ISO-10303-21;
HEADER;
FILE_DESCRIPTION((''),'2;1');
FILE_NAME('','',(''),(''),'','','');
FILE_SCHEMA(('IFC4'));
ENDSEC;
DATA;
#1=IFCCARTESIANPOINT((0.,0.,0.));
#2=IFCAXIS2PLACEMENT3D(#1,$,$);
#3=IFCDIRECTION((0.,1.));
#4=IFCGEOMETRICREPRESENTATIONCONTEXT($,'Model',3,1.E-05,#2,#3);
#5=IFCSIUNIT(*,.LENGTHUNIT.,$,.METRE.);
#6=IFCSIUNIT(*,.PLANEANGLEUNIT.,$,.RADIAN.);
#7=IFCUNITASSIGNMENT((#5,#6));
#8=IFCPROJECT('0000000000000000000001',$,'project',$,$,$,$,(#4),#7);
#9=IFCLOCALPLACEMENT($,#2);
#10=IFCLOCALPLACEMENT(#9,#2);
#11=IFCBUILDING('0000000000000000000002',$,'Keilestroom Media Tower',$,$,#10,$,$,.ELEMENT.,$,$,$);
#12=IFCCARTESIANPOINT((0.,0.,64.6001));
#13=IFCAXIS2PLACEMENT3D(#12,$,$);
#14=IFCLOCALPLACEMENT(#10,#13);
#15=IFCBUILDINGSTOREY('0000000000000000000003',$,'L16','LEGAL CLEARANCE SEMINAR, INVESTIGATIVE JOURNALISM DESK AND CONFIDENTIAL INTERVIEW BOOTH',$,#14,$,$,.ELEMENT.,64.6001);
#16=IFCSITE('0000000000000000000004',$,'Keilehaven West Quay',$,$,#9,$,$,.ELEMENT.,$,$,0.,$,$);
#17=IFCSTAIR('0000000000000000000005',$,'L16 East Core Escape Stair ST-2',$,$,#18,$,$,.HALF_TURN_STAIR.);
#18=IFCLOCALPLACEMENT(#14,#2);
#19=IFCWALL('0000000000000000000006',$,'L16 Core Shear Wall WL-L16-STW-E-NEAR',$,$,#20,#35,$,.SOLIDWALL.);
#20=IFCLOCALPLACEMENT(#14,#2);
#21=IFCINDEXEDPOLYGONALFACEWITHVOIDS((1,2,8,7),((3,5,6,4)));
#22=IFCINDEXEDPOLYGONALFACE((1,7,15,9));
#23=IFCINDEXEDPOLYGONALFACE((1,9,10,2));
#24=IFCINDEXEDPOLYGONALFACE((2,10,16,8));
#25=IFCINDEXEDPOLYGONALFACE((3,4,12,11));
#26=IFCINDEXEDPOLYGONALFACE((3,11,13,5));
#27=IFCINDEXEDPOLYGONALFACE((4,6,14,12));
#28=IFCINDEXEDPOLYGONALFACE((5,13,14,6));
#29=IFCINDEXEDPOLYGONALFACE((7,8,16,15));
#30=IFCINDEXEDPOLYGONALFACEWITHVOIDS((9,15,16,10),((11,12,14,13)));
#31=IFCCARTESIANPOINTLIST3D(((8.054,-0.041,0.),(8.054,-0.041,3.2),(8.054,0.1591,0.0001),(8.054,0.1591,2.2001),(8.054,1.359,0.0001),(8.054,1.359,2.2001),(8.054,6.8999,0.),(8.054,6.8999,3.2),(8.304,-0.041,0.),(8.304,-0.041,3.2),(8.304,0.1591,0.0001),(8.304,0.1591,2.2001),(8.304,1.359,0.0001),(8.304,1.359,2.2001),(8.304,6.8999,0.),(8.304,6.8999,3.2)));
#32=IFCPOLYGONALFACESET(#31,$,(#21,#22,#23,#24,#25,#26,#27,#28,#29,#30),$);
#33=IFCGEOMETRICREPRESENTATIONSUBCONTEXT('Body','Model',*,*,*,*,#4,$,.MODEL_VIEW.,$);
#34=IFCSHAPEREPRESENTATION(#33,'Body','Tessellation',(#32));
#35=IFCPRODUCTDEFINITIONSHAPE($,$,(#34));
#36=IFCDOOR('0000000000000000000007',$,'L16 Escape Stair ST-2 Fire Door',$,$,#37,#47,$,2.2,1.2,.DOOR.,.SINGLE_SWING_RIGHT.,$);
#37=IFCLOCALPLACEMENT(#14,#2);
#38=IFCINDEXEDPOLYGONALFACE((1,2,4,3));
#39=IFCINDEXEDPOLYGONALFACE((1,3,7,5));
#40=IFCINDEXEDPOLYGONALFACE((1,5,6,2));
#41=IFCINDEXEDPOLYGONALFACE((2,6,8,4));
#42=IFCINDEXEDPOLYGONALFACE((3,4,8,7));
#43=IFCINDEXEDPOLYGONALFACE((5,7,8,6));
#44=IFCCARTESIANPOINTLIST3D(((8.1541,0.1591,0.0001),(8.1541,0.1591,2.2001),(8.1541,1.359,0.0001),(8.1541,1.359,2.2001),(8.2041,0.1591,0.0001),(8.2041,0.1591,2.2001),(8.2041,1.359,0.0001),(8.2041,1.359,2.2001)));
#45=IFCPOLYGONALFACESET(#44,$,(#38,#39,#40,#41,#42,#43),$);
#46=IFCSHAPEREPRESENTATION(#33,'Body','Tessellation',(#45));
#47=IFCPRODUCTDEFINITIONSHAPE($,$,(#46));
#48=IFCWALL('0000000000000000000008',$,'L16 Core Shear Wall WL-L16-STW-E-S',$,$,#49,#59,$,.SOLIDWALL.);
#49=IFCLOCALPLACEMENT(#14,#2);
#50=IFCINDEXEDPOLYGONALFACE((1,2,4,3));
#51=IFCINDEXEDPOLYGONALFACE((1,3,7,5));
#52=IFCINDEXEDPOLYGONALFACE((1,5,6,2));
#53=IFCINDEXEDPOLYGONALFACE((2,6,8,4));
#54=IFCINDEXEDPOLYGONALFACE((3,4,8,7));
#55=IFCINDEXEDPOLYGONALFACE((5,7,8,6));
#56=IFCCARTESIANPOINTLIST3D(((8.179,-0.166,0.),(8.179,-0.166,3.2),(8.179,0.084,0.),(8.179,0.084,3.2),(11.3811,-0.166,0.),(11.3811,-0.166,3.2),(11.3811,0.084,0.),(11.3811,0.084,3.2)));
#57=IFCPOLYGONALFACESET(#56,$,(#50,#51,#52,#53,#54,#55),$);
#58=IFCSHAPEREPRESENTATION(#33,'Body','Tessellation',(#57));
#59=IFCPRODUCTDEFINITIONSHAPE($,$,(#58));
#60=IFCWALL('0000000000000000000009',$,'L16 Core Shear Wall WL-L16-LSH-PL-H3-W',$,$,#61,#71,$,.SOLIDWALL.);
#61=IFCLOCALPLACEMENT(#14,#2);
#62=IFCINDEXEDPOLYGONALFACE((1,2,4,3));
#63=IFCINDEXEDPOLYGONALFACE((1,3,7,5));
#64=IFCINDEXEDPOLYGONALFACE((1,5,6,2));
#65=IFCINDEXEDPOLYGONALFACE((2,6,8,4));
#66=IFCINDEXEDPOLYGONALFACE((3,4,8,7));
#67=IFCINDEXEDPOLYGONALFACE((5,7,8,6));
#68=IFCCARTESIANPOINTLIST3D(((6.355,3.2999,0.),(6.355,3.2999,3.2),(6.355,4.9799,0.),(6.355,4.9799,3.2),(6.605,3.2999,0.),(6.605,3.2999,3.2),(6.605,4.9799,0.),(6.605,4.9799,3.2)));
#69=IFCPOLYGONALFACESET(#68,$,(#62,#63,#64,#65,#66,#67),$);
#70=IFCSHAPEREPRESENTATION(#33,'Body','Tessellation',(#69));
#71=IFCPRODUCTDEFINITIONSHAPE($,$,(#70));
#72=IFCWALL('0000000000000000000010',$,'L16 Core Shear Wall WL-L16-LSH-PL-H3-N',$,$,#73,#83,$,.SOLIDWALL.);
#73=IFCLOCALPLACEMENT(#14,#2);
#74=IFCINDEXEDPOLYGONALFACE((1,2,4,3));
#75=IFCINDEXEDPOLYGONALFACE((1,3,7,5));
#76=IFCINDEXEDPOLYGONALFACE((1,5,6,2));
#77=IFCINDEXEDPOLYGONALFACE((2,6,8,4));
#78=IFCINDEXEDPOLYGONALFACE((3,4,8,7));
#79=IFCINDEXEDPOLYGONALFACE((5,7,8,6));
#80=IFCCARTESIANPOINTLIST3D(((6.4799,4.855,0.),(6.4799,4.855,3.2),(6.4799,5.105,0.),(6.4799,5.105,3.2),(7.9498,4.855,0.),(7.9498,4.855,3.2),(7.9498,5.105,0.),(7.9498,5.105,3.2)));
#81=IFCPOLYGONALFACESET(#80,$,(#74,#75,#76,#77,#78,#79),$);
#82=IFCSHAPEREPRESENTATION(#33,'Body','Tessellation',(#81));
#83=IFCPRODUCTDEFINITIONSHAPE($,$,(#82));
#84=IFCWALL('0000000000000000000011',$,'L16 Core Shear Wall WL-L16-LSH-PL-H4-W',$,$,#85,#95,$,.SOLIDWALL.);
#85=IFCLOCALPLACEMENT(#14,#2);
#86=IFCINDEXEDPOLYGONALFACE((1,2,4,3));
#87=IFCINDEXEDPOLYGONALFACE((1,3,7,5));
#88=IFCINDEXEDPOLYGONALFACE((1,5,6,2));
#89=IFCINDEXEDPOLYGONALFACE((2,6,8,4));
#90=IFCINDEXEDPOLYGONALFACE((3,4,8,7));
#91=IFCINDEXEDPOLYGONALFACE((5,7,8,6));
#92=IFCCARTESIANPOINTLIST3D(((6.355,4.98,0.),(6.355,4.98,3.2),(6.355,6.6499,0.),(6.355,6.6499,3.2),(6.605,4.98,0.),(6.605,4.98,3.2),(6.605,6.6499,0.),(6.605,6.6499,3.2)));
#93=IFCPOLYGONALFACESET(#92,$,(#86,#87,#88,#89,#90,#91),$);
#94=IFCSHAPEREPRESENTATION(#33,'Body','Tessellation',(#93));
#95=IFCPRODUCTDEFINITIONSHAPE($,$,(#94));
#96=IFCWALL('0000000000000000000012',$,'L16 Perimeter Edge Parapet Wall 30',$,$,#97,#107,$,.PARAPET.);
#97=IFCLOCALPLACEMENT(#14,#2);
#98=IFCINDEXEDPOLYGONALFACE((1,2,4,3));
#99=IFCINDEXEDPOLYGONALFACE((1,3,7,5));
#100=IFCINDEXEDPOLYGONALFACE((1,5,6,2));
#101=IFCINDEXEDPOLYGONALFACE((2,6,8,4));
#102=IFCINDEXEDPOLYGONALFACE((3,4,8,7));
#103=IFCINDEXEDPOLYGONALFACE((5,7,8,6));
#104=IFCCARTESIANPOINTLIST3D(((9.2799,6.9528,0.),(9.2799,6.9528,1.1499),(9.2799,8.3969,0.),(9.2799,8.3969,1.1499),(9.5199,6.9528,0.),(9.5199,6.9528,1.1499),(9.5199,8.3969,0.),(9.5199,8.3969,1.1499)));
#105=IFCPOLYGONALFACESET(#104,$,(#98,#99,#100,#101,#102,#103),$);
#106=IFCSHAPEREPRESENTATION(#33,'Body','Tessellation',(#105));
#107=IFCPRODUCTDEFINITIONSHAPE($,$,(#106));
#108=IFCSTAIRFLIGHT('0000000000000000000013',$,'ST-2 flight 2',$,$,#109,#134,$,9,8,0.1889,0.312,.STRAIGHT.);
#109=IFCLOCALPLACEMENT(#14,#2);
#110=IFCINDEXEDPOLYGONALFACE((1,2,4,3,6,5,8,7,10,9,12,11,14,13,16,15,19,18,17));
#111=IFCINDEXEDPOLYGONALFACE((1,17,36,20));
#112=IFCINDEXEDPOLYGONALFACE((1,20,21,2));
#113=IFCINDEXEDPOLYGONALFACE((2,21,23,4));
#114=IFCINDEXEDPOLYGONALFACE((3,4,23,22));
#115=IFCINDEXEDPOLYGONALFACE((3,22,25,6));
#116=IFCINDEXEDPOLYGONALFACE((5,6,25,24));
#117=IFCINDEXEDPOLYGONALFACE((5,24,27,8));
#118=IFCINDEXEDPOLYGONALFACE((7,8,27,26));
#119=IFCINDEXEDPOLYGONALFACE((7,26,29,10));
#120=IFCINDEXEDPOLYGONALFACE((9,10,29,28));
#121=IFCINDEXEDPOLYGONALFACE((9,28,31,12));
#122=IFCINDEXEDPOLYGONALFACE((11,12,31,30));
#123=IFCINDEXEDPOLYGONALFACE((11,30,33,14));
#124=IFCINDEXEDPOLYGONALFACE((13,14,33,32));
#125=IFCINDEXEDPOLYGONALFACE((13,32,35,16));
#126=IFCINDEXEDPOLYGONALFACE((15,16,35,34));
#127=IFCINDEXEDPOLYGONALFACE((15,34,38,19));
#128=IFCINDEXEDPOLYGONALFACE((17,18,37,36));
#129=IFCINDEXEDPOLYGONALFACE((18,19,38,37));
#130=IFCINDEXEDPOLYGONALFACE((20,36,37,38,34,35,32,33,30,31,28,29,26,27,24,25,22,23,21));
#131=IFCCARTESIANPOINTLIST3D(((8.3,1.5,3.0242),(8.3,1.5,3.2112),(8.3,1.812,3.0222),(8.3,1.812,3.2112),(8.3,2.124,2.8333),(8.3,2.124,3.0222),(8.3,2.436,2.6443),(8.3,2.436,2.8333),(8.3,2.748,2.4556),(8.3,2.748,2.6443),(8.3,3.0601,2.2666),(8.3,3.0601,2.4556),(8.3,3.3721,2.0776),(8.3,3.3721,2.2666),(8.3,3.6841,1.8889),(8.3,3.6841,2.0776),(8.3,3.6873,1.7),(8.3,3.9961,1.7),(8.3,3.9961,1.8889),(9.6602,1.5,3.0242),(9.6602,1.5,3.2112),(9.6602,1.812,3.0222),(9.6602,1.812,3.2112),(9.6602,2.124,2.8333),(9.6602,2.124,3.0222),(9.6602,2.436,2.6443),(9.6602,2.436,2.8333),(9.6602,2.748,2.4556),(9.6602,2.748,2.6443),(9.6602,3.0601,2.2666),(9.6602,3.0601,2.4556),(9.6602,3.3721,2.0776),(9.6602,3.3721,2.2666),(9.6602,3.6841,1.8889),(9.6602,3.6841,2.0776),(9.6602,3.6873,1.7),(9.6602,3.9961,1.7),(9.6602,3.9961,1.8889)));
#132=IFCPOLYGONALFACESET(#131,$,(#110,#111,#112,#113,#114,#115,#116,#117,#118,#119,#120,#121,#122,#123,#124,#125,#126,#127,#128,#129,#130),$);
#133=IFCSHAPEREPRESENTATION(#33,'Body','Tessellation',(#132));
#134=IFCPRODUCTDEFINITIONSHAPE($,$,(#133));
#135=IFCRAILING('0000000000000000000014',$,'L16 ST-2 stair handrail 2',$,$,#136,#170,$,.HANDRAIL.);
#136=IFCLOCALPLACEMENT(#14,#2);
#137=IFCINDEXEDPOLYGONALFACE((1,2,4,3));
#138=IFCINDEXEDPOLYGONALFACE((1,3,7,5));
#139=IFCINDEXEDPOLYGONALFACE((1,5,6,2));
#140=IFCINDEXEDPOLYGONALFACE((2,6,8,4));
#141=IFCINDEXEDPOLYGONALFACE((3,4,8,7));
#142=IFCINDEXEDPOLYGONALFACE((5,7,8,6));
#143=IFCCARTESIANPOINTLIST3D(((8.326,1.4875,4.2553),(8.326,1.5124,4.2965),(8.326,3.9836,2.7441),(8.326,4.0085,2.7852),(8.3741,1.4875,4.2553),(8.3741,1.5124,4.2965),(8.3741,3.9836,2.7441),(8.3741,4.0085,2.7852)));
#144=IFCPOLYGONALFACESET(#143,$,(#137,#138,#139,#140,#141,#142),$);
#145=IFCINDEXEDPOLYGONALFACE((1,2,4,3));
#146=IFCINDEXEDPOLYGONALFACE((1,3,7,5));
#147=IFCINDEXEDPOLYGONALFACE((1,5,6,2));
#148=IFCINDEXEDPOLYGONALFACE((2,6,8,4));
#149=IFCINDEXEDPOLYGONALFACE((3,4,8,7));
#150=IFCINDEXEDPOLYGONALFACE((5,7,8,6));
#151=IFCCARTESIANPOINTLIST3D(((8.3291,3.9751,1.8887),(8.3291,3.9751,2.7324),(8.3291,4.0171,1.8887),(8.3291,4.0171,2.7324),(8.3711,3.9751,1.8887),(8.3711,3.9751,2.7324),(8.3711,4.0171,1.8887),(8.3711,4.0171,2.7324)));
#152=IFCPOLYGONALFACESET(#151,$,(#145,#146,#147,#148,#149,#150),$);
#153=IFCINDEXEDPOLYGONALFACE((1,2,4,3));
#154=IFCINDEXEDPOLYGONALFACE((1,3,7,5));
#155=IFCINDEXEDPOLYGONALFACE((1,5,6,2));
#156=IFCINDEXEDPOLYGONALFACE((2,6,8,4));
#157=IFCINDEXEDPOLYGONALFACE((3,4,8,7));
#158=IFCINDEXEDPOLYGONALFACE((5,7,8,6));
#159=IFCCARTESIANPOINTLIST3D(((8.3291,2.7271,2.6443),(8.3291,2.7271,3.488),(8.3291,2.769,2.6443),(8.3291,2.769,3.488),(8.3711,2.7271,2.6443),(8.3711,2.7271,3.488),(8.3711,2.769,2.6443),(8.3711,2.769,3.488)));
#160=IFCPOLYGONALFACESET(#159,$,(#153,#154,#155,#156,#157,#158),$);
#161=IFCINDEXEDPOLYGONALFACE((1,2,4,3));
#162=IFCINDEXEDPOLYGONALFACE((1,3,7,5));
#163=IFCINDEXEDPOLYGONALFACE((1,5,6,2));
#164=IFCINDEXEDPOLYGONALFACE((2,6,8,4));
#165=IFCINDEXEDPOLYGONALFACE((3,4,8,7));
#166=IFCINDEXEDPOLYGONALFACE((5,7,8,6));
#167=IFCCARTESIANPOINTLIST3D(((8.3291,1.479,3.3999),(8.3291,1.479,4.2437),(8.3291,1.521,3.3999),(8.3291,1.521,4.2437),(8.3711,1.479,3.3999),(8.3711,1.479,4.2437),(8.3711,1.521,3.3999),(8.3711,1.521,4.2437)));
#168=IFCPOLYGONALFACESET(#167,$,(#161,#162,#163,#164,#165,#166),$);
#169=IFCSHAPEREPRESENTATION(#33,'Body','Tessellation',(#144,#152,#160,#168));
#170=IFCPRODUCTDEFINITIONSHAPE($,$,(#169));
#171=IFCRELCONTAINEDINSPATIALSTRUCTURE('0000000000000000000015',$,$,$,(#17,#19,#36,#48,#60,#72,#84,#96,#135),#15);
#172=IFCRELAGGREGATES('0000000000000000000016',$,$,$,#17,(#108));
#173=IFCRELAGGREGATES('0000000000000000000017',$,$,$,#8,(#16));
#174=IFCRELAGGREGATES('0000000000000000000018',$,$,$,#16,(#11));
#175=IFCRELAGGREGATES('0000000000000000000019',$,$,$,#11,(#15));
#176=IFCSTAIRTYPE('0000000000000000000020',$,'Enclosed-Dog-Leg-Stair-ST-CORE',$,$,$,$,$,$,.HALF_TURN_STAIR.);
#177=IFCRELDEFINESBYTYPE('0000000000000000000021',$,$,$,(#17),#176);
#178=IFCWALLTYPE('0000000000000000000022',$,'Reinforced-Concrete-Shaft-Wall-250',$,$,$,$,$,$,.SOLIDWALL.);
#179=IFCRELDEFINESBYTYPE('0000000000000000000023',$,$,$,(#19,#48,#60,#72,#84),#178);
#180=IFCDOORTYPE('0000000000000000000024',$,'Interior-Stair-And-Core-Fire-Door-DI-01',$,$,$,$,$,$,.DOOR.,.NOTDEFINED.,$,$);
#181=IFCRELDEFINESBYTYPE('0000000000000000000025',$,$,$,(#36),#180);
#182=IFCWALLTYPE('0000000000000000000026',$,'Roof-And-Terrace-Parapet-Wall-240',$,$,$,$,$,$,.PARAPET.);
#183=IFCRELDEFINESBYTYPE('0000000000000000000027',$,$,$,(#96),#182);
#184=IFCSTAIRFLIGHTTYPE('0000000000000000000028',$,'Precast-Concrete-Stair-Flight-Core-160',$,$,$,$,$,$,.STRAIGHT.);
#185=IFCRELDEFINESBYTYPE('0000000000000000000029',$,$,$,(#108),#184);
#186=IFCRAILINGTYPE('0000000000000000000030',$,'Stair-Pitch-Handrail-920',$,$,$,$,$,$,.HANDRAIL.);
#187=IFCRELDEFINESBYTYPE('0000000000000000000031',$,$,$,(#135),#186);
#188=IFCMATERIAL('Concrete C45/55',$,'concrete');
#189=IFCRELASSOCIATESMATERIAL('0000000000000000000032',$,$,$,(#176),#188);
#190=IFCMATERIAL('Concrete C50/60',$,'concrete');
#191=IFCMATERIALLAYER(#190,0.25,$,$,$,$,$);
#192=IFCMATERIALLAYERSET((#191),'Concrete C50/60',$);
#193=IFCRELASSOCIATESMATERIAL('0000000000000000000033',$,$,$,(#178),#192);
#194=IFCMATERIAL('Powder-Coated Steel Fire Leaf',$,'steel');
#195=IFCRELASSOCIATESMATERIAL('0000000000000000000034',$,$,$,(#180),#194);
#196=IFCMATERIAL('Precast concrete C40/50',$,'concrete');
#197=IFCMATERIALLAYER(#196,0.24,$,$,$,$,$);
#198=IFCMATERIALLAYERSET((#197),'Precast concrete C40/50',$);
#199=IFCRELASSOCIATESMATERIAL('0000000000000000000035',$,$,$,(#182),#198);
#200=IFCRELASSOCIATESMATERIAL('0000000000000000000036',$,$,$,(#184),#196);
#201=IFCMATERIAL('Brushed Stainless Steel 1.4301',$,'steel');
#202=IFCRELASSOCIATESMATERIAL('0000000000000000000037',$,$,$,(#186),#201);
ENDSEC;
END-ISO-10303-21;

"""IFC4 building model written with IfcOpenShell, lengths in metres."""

from ifc_helpers import new_model, si_unit, direction, frame, frame_2d, origin, origin_2d, place, context, subcontext, project, spatial, polyline, rectangle, outline, extrude, source, transform, mapped, material, layer, layer_set, type_object, element, fill, aggregate, save


model = new_model("IFC4")

# Units and contexts
model_context = context("Model", 3, precision=1e-05, world=origin(), true_north=direction((0.0, 1.0)))
body_context = subcontext(model_context, "Body", "Model", "MODEL_VIEW")
ifc_project = project(units=[si_unit("LENGTHUNIT", "METRE"), si_unit("PLANEANGLEUNIT", "RADIAN")], contexts=[model_context])

# Site, building, storey
site_placement = place(None, origin())
site = spatial("IfcSite", under=ifc_project, at=site_placement, Name="Keilehaven West Quay", CompositionType="ELEMENT", RefElevation=0.0)
building_placement = place(site_placement, origin())
building = spatial("IfcBuilding", under=site, at=building_placement, Name="Keilestroom Media Tower", CompositionType="ELEMENT")
storey_placement = place(building_placement, frame((0.0, 0.0, 64.6001)))
storey = spatial("IfcBuildingStorey", under=building, at=storey_placement, Name="L16", Description="LEGAL CLEARANCE SEMINAR, INVESTIGATIVE JOURNALISM DESK AND CONFIDENTIAL INTERVIEW BOOTH", CompositionType="ELEMENT", Elevation=64.6001)

# Stair
ifc_material_1 = material(Name="Concrete C45/55", Category="concrete")
stair_type = type_object("IfcStairType", Name="Enclosed-Dog-Leg-Stair-ST-CORE", PredefinedType="HALF_TURN_STAIR", material=ifc_material_1)
stair_1_placement = place(storey_placement, origin())
stair_1 = element("IfcStair", 1, at=stair_1_placement, inside=storey, type_object=stair_type, Name="L16 East Core Escape Stair ST-2", PredefinedType="HALF_TURN_STAIR")

# Shared definitions
ifc_material_2 = material(Name="Concrete C50/60", Category="concrete")
ifc_layer_1 = layer(ifc_material_2, 0.25)
ifc_layer_set_1 = layer_set([ifc_layer_1], Name="Concrete C50/60")
wall_type_1 = type_object("IfcWallType", Name="Reinforced-Concrete-Shaft-Wall-250", PredefinedType="SOLIDWALL", material=ifc_layer_set_1)

# Wall, opening, door
wall_1_placement = place(storey_placement, frame((8.179, -0.041, 0.0), z_axis=(0.0, 0.0, 1.0), x_axis=(0.0, 1.0, 0.0)))
wall_1 = element("IfcWall", 2, at=wall_1_placement, inside=storey, type_object=wall_type_1, Name="L16 Core Shear Wall WL-L16-STW-E-NEAR", PredefinedType="SOLIDWALL", context=body_context, shape_type="SweptSolid", body=[
    extrude(rectangle(XDim=6.9409, YDim=0.25, at=frame_2d((3.4705, 0.0))), origin(), (0.0, 0.0, 1.0), 3.2),
])
opening_placement = place(wall_1_placement, frame((0.2, 0.0, 0.0)))
opening = element("IfcOpeningElement", 3, at=opening_placement, cuts=wall_1, PredefinedType="OPENING", context=body_context, shape_type="SweptSolid", body=[
    extrude(rectangle(XDim=1.2, YDim=2.2, at=frame_2d((0.6001, 1.1001))), frame((0.0, 0.135, 0.0), z_axis=(0.0, -1.0, 0.0), x_axis=(1.0, 0.0, 0.0)), (0.0, 0.0, 1.0), 0.27),
])
ifc_material_3 = material(Name="Powder-Coated Steel Fire Leaf", Category="steel")
door_type = type_object("IfcDoorType", Name="Interior-Stair-And-Core-Fire-Door-DI-01", OperationType="NOTDEFINED", PredefinedType="DOOR", material=ifc_material_3)
shared_shape_1 = source(origin(), body_context, "Body", "SweptSolid", [
    extrude(rectangle(XDim=1.2, YDim=2.2, at=frame_2d((0.6001, 1.1001))), frame((0.0, 0.0249, 0.0), z_axis=(0.0, -1.0, 0.0), x_axis=(1.0, 0.0, 0.0)), (0.0, 0.0, 1.0), 0.05),
])
door_placement = place(opening_placement, origin())
door = element("IfcDoor", 4, at=door_placement, inside=storey, type_object=door_type, Name="L16 Escape Stair ST-2 Fire Door", OperationType="SINGLE_SWING_RIGHT", OverallHeight=2.2, OverallWidth=1.2, PredefinedType="DOOR", context=body_context, shape_type="MappedRepresentation", body=[
    mapped(shared_shape_1, transform((0.0, 0.0, 0.0), x_axis=(1.0, 0.0, 0.0), y_axis=(0.0, 1.0, 0.0), z_axis=(0.0, 0.0, 1.0), scale=1.0)),
])
fill(opening, door)

# Walls
wall_2_placement = place(storey_placement, frame((8.179, -0.041, 0.0), z_axis=(0.0, 0.0, 1.0), x_axis=(1.0, 0.0, 0.0)))
element("IfcWall", 5, at=wall_2_placement, inside=storey, type_object=wall_type_1, Name="L16 Core Shear Wall WL-L16-STW-E-S", PredefinedType="SOLIDWALL", context=body_context, shape_type="SweptSolid", body=[
    extrude(rectangle(XDim=3.2021, YDim=0.25, at=frame_2d((1.6011, 0.0))), origin(), (0.0, 0.0, 1.0), 3.2),
])
wall_3_placement = place(storey_placement, frame((6.48, 3.3, 0.0), z_axis=(0.0, 0.0, 1.0), x_axis=(0.0, 1.0, 0.0)))
element("IfcWall", 6, at=wall_3_placement, inside=storey, type_object=wall_type_1, Name="L16 Core Shear Wall WL-L16-LSH-PL-H3-W", PredefinedType="SOLIDWALL", context=body_context, shape_type="SweptSolid", body=[
    extrude(rectangle(XDim=1.6799, YDim=0.25, at=frame_2d((0.8398, 0.0))), origin(), (0.0, 0.0, 1.0), 3.2),
])
wall_4_placement = place(storey_placement, frame((6.48, 4.98, 0.0), z_axis=(0.0, 0.0, 1.0), x_axis=(1.0, 0.0, 0.0)))
element("IfcWall", 7, at=wall_4_placement, inside=storey, type_object=wall_type_1, Name="L16 Core Shear Wall WL-L16-LSH-PL-H3-N", PredefinedType="SOLIDWALL", context=body_context, shape_type="SweptSolid", body=[
    extrude(rectangle(XDim=1.47, YDim=0.25, at=frame_2d((0.7349, 0.0))), origin(), (0.0, 0.0, 1.0), 3.2),
])
wall_5_placement = place(storey_placement, frame((6.48, 4.98, 0.0), z_axis=(0.0, 0.0, 1.0), x_axis=(0.0, 1.0, 0.0)))
element("IfcWall", 8, at=wall_5_placement, inside=storey, type_object=wall_type_1, Name="L16 Core Shear Wall WL-L16-LSH-PL-H4-W", PredefinedType="SOLIDWALL", context=body_context, shape_type="SweptSolid", body=[
    extrude(rectangle(XDim=1.6699, YDim=0.25, at=frame_2d((0.835, 0.0))), origin(), (0.0, 0.0, 1.0), 3.2),
])
ifc_material_4 = material(Name="Precast concrete C40/50", Category="concrete")
ifc_layer_2 = layer(ifc_material_4, 0.24)
ifc_layer_set_2 = layer_set([ifc_layer_2], Name="Precast concrete C40/50")
wall_type_2 = type_object("IfcWallType", Name="Roof-And-Terrace-Parapet-Wall-240", PredefinedType="PARAPET", material=ifc_layer_set_2)
wall_6_placement = place(storey_placement, frame((9.3999, 8.397, 0.0), z_axis=(0.0, 0.0, 1.0), x_axis=(0.0, -1.0, 0.0)))
element("IfcWall", 9, at=wall_6_placement, inside=storey, type_object=wall_type_2, Name="L16 Perimeter Edge Parapet Wall 30", PredefinedType="PARAPET", context=body_context, shape_type="SweptSolid", body=[
    extrude(rectangle(XDim=1.4441, YDim=0.24, at=frame_2d((0.7222, 0.0))), origin(), (0.0, 0.0, 1.0), 1.1499),
])

# Stair flight
stair_flight_type = type_object("IfcStairFlightType", Name="Precast-Concrete-Stair-Flight-Core-160", PredefinedType="STRAIGHT", material=ifc_material_4)
stair_flight_placement = place(storey_placement, frame((8.98, 3.9961, 1.7), z_axis=(0.0, 0.0, 1.0), x_axis=(0.0, -1.0, 0.0)))
stair_flight = element("IfcStairFlight", 10, at=stair_flight_placement, type_object=stair_flight_type, Name="ST-2 flight 2", NumberOfRisers=9, NumberOfTreads=8, PredefinedType="STRAIGHT", RiserHeight=0.1889, TreadLength=0.312, context=body_context, shape_type="SweptSolid", body=[
    extrude(outline(polyline([(0.0, 0.0), (0.0, 0.189), (0.312, 0.189), (0.312, 0.3777), (0.624, 0.3777), (0.624, 0.5667), (0.936, 0.5667), (0.936, 0.7556), (1.248, 0.7556), (1.248, 0.9443), (1.5601, 0.9443), (1.5601, 1.1333), (1.8721, 1.1333), (1.8721, 1.3223), (2.1841, 1.3223), (2.1841, 1.5112), (2.4961, 1.5112), (2.4961, 1.7), (2.4961, 1.3242), (0.3088, 0.0), (0.0, 0.0)])), frame((0.0, 0.6802, 0.0), z_axis=(0.0, -1.0, 0.0), x_axis=(1.0, 0.0, 0.0)), (0.0, 0.0, 1.0), 1.3601),
])
aggregate(stair_1, [stair_flight])

# Railing
ifc_material_5 = material(Name="Brushed Stainless Steel 1.4301", Category="steel")
railing_type_1 = type_object("IfcRailingType", Name="Stair-Pitch-Handrail-920", PredefinedType="HANDRAIL", material=ifc_material_5)
railing_1_placement = place(storey_placement, frame((8.3501, 3.9961, 1.8887)))
element("IfcRailing", 11, at=railing_1_placement, inside=storey, type_object=railing_type_1, Name="L16 ST-2 stair handrail 2", PredefinedType="HANDRAIL", context=body_context, shape_type="SweptSolid", body=[
    extrude(rectangle(XDim=0.0481, YDim=0.0481, at=origin_2d()), frame((0.0, 0.0, 0.876), z_axis=(0.0, -0.855434, 0.517912), x_axis=(1.0, 0.0, 0.0)), (0.0, 0.0, 1.0), 2.918),
    extrude(rectangle(XDim=0.042, YDim=0.042, at=origin_2d()), origin(), (0.0, 0.0, 1.0), 0.8438),
    extrude(rectangle(XDim=0.042, YDim=0.042, at=origin_2d()), frame((0.0, -1.248, 0.7556)), (0.0, 0.0, 1.0), 0.8438),
    extrude(rectangle(XDim=0.042, YDim=0.042, at=origin_2d()), frame((0.0, -2.4961, 1.5112)), (0.0, 0.0, 1.0), 0.8438),
])

save(model, "model.ifc")
